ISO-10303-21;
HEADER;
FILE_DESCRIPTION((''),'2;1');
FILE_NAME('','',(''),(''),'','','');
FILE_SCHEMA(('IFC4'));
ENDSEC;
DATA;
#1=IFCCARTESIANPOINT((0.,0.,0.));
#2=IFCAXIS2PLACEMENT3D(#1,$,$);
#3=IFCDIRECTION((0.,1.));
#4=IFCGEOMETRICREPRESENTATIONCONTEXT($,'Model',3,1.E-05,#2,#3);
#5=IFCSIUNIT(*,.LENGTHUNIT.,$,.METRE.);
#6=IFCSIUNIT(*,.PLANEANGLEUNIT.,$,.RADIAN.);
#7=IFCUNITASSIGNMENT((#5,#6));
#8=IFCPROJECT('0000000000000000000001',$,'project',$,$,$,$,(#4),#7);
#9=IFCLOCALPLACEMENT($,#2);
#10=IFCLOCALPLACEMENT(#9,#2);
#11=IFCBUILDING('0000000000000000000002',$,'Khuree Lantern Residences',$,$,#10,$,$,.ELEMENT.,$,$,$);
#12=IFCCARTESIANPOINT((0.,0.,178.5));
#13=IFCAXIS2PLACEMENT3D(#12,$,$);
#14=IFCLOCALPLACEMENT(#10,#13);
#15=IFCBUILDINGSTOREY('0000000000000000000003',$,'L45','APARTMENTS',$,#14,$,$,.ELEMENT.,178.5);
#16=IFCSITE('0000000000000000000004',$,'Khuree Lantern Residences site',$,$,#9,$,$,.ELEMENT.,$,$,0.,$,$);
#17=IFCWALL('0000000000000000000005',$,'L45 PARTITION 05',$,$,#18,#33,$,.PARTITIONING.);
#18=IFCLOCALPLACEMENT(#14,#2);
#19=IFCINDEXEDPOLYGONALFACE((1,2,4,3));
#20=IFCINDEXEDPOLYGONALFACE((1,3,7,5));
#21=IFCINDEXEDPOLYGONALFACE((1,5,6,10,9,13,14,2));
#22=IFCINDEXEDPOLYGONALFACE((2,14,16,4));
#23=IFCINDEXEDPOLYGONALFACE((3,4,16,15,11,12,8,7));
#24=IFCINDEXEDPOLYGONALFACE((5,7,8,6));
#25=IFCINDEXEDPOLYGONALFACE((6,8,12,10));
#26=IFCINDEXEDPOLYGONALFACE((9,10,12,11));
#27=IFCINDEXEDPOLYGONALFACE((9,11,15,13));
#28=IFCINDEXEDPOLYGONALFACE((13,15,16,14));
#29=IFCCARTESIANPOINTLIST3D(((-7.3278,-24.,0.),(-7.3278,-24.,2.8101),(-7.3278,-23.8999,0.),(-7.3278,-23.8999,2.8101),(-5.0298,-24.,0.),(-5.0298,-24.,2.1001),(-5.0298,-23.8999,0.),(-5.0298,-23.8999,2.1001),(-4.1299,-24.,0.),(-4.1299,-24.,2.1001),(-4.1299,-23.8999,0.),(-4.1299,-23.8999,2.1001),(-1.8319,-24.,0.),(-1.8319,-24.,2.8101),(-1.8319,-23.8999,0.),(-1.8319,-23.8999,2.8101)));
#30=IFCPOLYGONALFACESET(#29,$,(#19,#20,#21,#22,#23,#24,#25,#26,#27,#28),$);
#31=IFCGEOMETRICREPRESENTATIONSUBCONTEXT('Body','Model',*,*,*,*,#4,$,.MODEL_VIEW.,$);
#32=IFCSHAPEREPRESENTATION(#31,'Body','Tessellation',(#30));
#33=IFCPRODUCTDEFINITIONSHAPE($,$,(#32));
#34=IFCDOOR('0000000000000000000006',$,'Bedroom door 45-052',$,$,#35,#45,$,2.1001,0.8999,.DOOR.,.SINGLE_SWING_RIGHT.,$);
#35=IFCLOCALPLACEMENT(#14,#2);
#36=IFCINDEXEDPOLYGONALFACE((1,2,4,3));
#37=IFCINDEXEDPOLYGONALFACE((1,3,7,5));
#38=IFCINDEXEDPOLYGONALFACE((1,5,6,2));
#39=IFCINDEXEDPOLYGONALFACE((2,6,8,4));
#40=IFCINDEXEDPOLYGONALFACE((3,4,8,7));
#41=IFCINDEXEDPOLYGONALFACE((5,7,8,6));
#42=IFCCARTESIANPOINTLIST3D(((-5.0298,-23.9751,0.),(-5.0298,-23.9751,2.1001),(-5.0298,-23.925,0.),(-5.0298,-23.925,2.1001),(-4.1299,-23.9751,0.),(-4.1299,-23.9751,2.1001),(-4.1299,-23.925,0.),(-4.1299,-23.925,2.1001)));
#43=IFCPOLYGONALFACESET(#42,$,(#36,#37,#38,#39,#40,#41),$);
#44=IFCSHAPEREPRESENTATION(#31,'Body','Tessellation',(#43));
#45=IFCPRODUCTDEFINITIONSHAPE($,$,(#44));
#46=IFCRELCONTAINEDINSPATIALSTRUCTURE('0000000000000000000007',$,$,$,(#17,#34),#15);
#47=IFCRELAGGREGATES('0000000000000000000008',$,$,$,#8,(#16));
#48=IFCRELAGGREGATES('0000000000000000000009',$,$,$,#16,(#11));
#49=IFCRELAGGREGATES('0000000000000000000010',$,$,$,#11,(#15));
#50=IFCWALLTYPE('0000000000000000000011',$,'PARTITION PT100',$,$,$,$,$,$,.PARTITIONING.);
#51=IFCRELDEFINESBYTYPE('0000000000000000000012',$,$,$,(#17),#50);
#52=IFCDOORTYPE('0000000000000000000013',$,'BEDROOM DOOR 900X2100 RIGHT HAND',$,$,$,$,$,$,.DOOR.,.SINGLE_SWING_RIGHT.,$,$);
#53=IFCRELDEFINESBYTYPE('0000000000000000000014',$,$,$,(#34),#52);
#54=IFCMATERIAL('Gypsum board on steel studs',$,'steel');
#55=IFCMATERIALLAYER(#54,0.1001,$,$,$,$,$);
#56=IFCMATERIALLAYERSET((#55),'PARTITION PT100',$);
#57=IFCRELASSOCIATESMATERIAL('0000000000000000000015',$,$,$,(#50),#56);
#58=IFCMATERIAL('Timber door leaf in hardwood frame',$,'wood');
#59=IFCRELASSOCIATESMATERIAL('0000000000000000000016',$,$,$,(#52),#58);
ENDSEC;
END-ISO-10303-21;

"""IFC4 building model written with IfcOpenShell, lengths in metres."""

from ifc_helpers import new_model, si_unit, direction, frame, frame_2d, origin, place, context, subcontext, project, spatial, rectangle, extrude, material, layer, layer_set, type_object, element, fill, save


model = new_model("IFC4")

# Units and contexts
model_context = context("Model", 3, precision=1e-05, world=origin(), true_north=direction((0.0, 1.0)))
body_context = subcontext(model_context, "Body", "Model", "MODEL_VIEW")
ifc_project = project(units=[si_unit("LENGTHUNIT", "METRE"), si_unit("PLANEANGLEUNIT", "RADIAN")], contexts=[model_context])

# Site, building, storey
site_placement = place(None, origin())
site = spatial("IfcSite", under=ifc_project, at=site_placement, Name="Khuree Lantern Residences site", CompositionType="ELEMENT", RefElevation=0.0)
building_placement = place(site_placement, origin())
building = spatial("IfcBuilding", under=site, at=building_placement, Name="Khuree Lantern Residences", CompositionType="ELEMENT")
storey_placement = place(building_placement, frame((0.0, 0.0, 178.5)))
storey = spatial("IfcBuildingStorey", under=building, at=storey_placement, Name="L45", Description="APARTMENTS", CompositionType="ELEMENT", Elevation=178.5)

# Shared definitions
ifc_material_1 = material(Name="Gypsum board on steel studs", Category="steel")
ifc_layer_1 = layer(ifc_material_1, 0.1001)
ifc_layer_set_1 = layer_set([ifc_layer_1], Name="PARTITION PT100")
wall_type = type_object("IfcWallType", Name="PARTITION PT100", PredefinedType="PARTITIONING", material=ifc_layer_set_1)

# Shared definitions
ifc_material_2 = material(Name="Timber door leaf in hardwood frame", Category="wood")

# Wall, opening, door
wall_1_placement = place(storey_placement, frame((-7.3279, -23.95, 0.0), z_axis=(0.0, 0.0, 1.0), x_axis=(1.0, 0.0, 0.0)))
wall_1 = element("IfcWall", 1, at=wall_1_placement, inside=storey, type_object=wall_type, Name="L45 PARTITION 05", PredefinedType="PARTITIONING", context=body_context, shape_type="SweptSolid", body=[
    extrude(rectangle(XDim=5.4958, YDim=0.1001, at=frame_2d((2.748, 0.0))), origin(), (0.0, 0.0, 1.0), 2.8101),
])
opening_1_placement = place(wall_1_placement, frame((2.2981, 0.0, 0.0)))
opening_1 = element("IfcOpeningElement", 2, at=opening_1_placement, cuts=wall_1, PredefinedType="OPENING", context=body_context, shape_type="SweptSolid", body=[
    extrude(rectangle(XDim=0.8999, YDim=2.1001, at=frame_2d((0.45, 1.05))), frame((0.0, 0.0601, 0.0), z_axis=(0.0, -1.0, 0.0), x_axis=(1.0, 0.0, 0.0)), (0.0, 0.0, 1.0), 0.1201),
])
door_type_1 = type_object("IfcDoorType", Name="BEDROOM DOOR 900X2100 RIGHT HAND", OperationType="SINGLE_SWING_RIGHT", PredefinedType="DOOR", material=ifc_material_2)
door_1_placement = place(opening_1_placement, origin())
door_1 = element("IfcDoor", 3, at=door_1_placement, inside=storey, type_object=door_type_1, Name="Bedroom door 45-052", OperationType="SINGLE_SWING_RIGHT", OverallHeight=2.1001, OverallWidth=0.8999, PredefinedType="DOOR", context=body_context, shape_type="SweptSolid", body=[
    extrude(rectangle(XDim=0.8999, YDim=2.1001, at=frame_2d((0.45, 1.05))), frame((0.0, 0.0249, 0.0), z_axis=(0.0, -1.0, 0.0), x_axis=(1.0, 0.0, 0.0)), (0.0, 0.0, 1.0), 0.05),
])
fill(opening_1, door_1)

save(model, "model.ifc")
